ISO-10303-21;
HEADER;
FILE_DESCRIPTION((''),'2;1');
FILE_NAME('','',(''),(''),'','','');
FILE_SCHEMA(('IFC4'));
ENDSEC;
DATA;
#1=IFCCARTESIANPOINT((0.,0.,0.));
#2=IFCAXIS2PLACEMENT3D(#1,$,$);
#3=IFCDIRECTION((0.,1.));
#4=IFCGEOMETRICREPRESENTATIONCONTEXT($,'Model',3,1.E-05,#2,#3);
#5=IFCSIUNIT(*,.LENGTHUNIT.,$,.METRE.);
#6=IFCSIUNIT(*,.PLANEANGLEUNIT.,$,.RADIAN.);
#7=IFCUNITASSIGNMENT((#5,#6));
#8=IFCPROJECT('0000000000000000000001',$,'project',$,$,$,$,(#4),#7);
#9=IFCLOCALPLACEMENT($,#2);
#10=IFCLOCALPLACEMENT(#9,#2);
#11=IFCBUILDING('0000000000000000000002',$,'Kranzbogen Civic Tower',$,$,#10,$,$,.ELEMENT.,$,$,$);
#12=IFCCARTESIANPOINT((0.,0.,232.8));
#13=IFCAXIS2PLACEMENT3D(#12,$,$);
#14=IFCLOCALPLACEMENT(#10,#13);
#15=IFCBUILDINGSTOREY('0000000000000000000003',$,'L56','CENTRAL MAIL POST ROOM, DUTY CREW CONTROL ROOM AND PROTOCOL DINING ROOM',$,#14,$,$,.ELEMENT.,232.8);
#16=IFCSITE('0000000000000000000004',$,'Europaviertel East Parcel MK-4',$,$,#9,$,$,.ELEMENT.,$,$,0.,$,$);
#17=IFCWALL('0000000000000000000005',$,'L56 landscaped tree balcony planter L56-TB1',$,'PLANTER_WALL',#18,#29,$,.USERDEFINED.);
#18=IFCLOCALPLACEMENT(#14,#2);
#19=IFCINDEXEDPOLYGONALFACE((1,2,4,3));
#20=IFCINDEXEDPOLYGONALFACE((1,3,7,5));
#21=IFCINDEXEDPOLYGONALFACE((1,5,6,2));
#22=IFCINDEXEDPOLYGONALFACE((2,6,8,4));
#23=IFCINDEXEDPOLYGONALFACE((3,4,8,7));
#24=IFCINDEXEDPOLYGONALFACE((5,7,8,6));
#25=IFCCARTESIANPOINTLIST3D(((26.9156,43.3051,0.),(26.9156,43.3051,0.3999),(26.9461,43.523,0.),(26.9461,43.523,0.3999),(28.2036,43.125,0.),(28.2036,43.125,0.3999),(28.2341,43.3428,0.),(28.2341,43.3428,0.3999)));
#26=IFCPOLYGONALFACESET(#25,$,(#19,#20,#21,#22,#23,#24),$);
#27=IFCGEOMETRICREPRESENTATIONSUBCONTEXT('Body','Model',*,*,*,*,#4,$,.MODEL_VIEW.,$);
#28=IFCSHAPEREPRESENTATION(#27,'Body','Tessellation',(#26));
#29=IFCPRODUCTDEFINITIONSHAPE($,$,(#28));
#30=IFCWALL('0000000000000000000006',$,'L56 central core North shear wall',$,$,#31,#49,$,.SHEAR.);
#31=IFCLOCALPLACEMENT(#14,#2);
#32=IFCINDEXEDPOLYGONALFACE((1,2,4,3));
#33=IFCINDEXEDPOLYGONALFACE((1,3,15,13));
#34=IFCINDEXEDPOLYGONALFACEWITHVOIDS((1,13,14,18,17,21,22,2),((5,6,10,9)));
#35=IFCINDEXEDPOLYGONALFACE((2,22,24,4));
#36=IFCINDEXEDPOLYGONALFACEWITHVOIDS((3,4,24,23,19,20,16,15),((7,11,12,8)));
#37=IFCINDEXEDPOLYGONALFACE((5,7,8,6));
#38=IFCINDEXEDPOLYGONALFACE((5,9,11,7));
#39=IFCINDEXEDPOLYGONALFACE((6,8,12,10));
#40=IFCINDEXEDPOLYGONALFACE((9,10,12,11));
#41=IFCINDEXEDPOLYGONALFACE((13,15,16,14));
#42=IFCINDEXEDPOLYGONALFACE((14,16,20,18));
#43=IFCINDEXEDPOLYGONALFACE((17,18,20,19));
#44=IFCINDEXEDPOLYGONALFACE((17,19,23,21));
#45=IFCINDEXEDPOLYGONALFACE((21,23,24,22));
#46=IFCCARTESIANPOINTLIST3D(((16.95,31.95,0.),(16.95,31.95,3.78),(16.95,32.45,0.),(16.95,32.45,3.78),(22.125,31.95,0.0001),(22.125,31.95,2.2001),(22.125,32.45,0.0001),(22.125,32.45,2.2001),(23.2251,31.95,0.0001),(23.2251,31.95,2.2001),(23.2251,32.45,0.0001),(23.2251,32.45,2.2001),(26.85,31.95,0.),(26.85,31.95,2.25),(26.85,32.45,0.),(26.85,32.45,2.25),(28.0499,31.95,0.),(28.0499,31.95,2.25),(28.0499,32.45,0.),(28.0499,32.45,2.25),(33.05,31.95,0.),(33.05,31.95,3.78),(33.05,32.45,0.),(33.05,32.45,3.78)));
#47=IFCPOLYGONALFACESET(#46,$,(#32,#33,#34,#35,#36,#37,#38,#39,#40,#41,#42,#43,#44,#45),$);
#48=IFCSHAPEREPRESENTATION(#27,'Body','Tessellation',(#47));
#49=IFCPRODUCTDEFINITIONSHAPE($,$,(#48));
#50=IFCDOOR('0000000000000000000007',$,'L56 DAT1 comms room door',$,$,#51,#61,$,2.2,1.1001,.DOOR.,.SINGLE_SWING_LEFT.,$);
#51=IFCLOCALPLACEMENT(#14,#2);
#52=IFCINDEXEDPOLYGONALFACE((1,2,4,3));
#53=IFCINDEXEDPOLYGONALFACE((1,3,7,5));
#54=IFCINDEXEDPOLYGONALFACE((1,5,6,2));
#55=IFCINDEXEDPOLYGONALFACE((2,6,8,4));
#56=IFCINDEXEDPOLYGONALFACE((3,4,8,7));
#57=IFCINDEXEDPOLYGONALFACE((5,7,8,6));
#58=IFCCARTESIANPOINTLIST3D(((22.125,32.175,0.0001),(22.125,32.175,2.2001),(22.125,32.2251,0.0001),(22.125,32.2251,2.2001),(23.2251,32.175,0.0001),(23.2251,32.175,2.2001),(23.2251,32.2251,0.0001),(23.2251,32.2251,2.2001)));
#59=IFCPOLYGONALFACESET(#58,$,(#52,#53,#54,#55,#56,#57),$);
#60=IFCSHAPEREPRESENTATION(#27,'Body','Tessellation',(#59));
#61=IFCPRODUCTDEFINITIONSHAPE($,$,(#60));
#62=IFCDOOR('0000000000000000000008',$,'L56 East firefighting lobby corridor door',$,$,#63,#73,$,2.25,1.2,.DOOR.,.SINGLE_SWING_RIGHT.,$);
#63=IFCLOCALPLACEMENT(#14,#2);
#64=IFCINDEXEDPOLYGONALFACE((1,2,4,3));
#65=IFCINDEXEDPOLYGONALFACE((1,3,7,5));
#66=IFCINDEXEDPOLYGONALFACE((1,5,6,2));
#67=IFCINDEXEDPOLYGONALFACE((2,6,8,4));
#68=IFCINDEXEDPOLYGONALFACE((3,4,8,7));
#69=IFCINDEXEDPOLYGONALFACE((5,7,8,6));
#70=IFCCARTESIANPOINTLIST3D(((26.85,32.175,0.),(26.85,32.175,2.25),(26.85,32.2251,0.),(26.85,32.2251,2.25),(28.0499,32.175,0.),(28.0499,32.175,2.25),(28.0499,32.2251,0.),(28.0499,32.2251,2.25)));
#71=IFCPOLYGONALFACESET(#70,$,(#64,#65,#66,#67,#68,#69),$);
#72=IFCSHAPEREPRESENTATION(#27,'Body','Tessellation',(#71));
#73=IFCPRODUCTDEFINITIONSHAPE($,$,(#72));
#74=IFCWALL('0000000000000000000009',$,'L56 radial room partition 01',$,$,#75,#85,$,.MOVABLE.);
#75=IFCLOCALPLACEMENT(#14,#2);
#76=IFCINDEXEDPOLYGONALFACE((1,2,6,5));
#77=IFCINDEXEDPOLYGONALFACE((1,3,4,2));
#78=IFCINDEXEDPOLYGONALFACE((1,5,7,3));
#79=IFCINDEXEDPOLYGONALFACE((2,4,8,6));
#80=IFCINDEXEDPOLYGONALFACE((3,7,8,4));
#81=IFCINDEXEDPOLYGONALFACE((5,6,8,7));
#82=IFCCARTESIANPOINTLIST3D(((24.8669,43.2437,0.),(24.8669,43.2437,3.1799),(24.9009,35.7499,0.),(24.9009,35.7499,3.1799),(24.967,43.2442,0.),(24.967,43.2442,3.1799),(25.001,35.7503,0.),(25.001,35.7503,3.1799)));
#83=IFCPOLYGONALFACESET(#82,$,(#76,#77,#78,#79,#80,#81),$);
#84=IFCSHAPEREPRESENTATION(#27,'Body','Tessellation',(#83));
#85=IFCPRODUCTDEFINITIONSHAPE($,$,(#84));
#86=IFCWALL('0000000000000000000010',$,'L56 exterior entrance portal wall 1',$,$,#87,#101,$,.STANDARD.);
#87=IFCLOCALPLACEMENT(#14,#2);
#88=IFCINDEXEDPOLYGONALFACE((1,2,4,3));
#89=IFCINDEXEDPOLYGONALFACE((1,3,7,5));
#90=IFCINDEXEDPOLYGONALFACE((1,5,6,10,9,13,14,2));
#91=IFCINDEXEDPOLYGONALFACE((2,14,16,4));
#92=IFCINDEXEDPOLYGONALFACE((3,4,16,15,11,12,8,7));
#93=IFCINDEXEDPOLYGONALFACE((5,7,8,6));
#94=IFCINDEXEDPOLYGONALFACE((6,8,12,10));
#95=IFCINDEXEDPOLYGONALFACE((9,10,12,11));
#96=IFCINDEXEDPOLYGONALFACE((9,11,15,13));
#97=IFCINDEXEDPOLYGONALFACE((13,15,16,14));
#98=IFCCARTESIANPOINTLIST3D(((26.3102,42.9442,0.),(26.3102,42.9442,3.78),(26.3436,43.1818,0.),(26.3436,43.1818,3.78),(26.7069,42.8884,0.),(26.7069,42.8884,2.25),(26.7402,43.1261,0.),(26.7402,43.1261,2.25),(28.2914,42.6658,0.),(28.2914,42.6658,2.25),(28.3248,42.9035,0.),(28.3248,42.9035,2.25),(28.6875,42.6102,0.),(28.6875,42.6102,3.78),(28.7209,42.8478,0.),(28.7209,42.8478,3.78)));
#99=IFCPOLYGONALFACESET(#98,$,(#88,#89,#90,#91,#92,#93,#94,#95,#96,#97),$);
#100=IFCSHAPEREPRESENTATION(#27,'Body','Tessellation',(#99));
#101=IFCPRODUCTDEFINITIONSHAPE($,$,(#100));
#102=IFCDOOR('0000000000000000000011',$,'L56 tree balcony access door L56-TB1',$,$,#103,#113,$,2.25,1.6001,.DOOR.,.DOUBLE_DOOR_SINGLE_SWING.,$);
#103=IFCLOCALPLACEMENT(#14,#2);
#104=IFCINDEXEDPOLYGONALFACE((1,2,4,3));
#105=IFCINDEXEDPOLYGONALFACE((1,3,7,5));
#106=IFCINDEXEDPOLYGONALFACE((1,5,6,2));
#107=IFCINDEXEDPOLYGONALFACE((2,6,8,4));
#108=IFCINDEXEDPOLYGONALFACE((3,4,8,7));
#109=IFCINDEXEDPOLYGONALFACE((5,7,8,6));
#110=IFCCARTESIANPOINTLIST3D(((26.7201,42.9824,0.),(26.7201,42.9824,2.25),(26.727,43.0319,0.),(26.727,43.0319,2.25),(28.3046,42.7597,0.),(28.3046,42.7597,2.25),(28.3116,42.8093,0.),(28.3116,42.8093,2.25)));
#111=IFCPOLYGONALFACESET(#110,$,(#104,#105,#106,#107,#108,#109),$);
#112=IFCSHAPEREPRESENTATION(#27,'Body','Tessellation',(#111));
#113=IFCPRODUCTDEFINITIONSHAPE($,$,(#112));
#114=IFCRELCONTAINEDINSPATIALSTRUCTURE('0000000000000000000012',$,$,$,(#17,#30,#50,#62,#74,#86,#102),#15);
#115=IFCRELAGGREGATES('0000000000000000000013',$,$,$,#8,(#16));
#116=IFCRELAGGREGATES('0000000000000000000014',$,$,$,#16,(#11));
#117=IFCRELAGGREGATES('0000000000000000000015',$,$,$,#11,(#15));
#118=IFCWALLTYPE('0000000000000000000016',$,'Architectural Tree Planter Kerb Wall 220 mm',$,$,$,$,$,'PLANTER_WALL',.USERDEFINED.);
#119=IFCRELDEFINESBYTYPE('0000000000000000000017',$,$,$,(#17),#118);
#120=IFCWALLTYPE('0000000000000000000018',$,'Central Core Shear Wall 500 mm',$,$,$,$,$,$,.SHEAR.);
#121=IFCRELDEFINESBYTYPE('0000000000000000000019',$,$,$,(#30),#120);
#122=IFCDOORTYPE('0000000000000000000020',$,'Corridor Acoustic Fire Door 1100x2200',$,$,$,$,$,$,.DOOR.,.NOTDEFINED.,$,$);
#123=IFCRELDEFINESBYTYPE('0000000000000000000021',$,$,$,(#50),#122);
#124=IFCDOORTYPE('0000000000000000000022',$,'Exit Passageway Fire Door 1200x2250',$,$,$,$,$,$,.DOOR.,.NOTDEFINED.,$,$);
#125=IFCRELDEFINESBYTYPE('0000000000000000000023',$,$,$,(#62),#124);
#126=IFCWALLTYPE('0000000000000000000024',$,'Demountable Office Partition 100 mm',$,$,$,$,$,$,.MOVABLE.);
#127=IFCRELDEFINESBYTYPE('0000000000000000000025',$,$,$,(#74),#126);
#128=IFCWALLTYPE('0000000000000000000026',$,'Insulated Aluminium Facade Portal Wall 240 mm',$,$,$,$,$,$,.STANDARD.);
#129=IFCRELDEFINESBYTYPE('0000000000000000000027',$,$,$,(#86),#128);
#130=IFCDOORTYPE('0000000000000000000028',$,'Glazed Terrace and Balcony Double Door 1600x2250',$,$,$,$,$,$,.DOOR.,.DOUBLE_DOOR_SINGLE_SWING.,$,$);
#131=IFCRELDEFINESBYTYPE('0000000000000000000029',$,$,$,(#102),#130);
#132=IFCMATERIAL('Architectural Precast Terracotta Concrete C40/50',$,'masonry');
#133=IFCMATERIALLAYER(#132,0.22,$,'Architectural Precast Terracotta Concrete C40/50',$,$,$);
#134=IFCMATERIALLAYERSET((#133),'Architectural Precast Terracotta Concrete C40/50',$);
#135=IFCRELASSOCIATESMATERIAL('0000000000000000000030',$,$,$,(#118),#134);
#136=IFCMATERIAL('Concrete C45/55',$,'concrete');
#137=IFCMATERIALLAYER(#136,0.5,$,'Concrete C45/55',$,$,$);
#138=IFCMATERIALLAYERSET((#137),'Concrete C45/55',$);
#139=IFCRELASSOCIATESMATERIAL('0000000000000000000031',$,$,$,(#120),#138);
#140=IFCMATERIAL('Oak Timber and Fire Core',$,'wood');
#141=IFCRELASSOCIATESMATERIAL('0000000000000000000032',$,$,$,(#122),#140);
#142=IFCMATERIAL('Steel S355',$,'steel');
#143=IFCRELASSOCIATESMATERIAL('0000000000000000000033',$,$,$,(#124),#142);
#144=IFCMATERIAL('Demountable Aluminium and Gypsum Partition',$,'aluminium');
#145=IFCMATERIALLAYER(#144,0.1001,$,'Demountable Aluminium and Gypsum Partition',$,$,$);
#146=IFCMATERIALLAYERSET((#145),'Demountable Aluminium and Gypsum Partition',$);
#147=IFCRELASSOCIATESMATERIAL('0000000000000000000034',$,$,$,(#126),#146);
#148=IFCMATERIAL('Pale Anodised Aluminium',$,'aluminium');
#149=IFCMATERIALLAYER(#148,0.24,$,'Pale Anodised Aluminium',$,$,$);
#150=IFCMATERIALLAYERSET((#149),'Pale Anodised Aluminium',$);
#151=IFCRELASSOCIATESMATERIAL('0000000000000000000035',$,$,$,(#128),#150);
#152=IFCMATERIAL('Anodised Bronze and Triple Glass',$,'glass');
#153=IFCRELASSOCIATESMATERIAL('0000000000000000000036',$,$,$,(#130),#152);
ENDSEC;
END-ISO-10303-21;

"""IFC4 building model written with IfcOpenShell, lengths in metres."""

from ifc_helpers import new_model, si_unit, direction, frame, frame_2d, origin, place, context, subcontext, project, spatial, rectangle, extrude, material, layer, layer_set, type_object, element, fill, save


model = new_model("IFC4")

# Units and contexts
model_context = context("Model", 3, precision=1e-05, world=origin(), true_north=direction((0.0, 1.0)))
body_context = subcontext(model_context, "Body", "Model", "MODEL_VIEW")
ifc_project = project(units=[si_unit("LENGTHUNIT", "METRE"), si_unit("PLANEANGLEUNIT", "RADIAN")], contexts=[model_context])

# Site, building, storey
site_placement = place(None, origin())
site = spatial("IfcSite", under=ifc_project, at=site_placement, Name="Europaviertel East Parcel MK-4", CompositionType="ELEMENT", RefElevation=0.0)
building_placement = place(site_placement, origin())
building = spatial("IfcBuilding", under=site, at=building_placement, Name="Kranzbogen Civic Tower", CompositionType="ELEMENT")
storey_placement = place(building_placement, frame((0.0, 0.0, 232.8)))
storey = spatial("IfcBuildingStorey", under=building, at=storey_placement, Name="L56", Description="CENTRAL MAIL POST ROOM, DUTY CREW CONTROL ROOM AND PROTOCOL DINING ROOM", CompositionType="ELEMENT", Elevation=232.8)

# Shared definitions
ifc_material_1 = material(Name="Pale Anodised Aluminium", Category="aluminium")

# Shared definitions
ifc_material_2 = material(Name="Steel S355", Category="steel")

# Wall
ifc_material_3 = material(Name="Architectural Precast Terracotta Concrete C40/50", Category="masonry")
ifc_layer_1 = layer(ifc_material_3, 0.22, Name="Architectural Precast Terracotta Concrete C40/50")
ifc_layer_set_1 = layer_set([ifc_layer_1], Name="Architectural Precast Terracotta Concrete C40/50")
wall_type_1 = type_object("IfcWallType", Name="Architectural Tree Planter Kerb Wall 220 mm", ElementType="PLANTER_WALL", PredefinedType="USERDEFINED", material=ifc_layer_set_1)
wall_1_placement = place(storey_placement, frame((28.219, 43.2339, 0.0), z_axis=(0.0, 0.0, 1.0), x_axis=(-0.990358, 0.13853, 0.0)))
element("IfcWall", 1, at=wall_1_placement, inside=storey, type_object=wall_type_1, Name="L56 landscaped tree balcony planter L56-TB1", ObjectType="PLANTER_WALL", PredefinedType="USERDEFINED", context=body_context, shape_type="SweptSolid", body=[
    extrude(rectangle(XDim=1.3005, YDim=0.22, at=frame_2d((0.6504, 0.0))), origin(), (0.0, 0.0, 1.0), 0.3999),
])

# Wall, openings, doors
ifc_material_4 = material(Name="Concrete C45/55", Category="concrete")
ifc_layer_2 = layer(ifc_material_4, 0.5, Name="Concrete C45/55")
ifc_layer_set_2 = layer_set([ifc_layer_2], Name="Concrete C45/55")
wall_type_2 = type_object("IfcWallType", Name="Central Core Shear Wall 500 mm", PredefinedType="SHEAR", material=ifc_layer_set_2)
wall_2_placement = place(storey_placement, frame((33.05, 32.2, 0.0), z_axis=(0.0, 0.0, 1.0), x_axis=(-1.0, 0.0, 0.0)))
wall_2 = element("IfcWall", 2, at=wall_2_placement, inside=storey, type_object=wall_type_2, Name="L56 central core North shear wall", PredefinedType="SHEAR", context=body_context, shape_type="SweptSolid", body=[
    extrude(rectangle(XDim=16.1001, YDim=0.5, at=frame_2d((8.05, 0.0))), origin(), (0.0, 0.0, 1.0), 3.78),
])
opening_1_placement = place(wall_2_placement, frame((5.0, 0.0, 0.0)))
opening_1 = element("IfcOpeningElement", 3, at=opening_1_placement, cuts=wall_2, PredefinedType="OPENING", context=body_context, shape_type="SweptSolid", body=[
    extrude(rectangle(XDim=1.2, YDim=2.25, at=frame_2d((0.6001, 1.125))), frame((0.0, 0.26, 0.0), z_axis=(0.0, -1.0, 0.0), x_axis=(1.0, 0.0, 0.0)), (0.0, 0.0, 1.0), 0.52),
])
opening_2_placement = place(wall_2_placement, frame((9.825, 0.0, 0.0)))
opening_2 = element("IfcOpeningElement", 4, at=opening_2_placement, cuts=wall_2, PredefinedType="OPENING", context=body_context, shape_type="SweptSolid", body=[
    extrude(rectangle(XDim=1.1001, YDim=2.2, at=frame_2d((0.55, 1.1001))), frame((0.0, 0.26, 0.0), z_axis=(0.0, -1.0, 0.0), x_axis=(1.0, 0.0, 0.0)), (0.0, 0.0, 1.0), 0.52),
])
ifc_material_5 = material(Name="Oak Timber and Fire Core", Category="wood")
door_type_1 = type_object("IfcDoorType", Name="Corridor Acoustic Fire Door 1100x2200", OperationType="NOTDEFINED", PredefinedType="DOOR", material=ifc_material_5)
door_1_placement = place(opening_2_placement, origin())
door_1 = element("IfcDoor", 5, at=door_1_placement, inside=storey, type_object=door_type_1, Name="L56 DAT1 comms room door", OperationType="SINGLE_SWING_LEFT", OverallHeight=2.2, OverallWidth=1.1001, PredefinedType="DOOR", context=body_context, shape_type="SweptSolid", body=[
    extrude(rectangle(XDim=1.1001, YDim=2.2, at=frame_2d((0.55, 1.1001))), frame((0.0, 0.0249, 0.0), z_axis=(0.0, -1.0, 0.0), x_axis=(1.0, 0.0, 0.0)), (0.0, 0.0, 1.0), 0.05),
])
fill(opening_2, door_1)
door_type_2 = type_object("IfcDoorType", Name="Exit Passageway Fire Door 1200x2250", OperationType="NOTDEFINED", PredefinedType="DOOR", material=ifc_material_2)
door_2_placement = place(opening_1_placement, origin())
door_2 = element("IfcDoor", 6, at=door_2_placement, inside=storey, type_object=door_type_2, Name="L56 East firefighting lobby corridor door", OperationType="SINGLE_SWING_RIGHT", OverallHeight=2.25, OverallWidth=1.2, PredefinedType="DOOR", context=body_context, shape_type="SweptSolid", body=[
    extrude(rectangle(XDim=1.2, YDim=2.25, at=frame_2d((0.6001, 1.125))), frame((0.0, 0.0249, 0.0), z_axis=(0.0, -1.0, 0.0), x_axis=(1.0, 0.0, 0.0)), (0.0, 0.0, 1.0), 0.05),
])
fill(opening_1, door_2)

# Wall
ifc_material_6 = material(Name="Demountable Aluminium and Gypsum Partition", Category="aluminium")
ifc_layer_3 = layer(ifc_material_6, 0.1001, Name="Demountable Aluminium and Gypsum Partition")
ifc_layer_set_3 = layer_set([ifc_layer_3], Name="Demountable Aluminium and Gypsum Partition")
wall_type_3 = type_object("IfcWallType", Name="Demountable Office Partition 100 mm", PredefinedType="MOVABLE", material=ifc_layer_set_3)
wall_3_placement = place(storey_placement, frame((24.9509, 35.75, 0.0), z_axis=(0.0, 0.0, 1.0), x_axis=(-0.004528, 0.99999, 0.0)))
element("IfcWall", 7, at=wall_3_placement, inside=storey, type_object=wall_type_3, Name="L56 radial room partition 01", PredefinedType="MOVABLE", context=body_context, shape_type="SweptSolid", body=[
    extrude(rectangle(XDim=7.4939, YDim=0.1001, at=frame_2d((3.7471, 0.0))), origin(), (0.0, 0.0, 1.0), 3.1799),
])

# Wall, opening, door
ifc_layer_4 = layer(ifc_material_1, 0.24, Name="Pale Anodised Aluminium")
ifc_layer_set_4 = layer_set([ifc_layer_4], Name="Pale Anodised Aluminium")
wall_type_4 = type_object("IfcWallType", Name="Insulated Aluminium Facade Portal Wall 240 mm", PredefinedType="STANDARD", material=ifc_layer_set_4)
wall_4_placement = place(storey_placement, frame((28.7041, 42.729, 0.0), z_axis=(0.0, 0.0, 1.0), x_axis=(-0.990274, 0.139129, 0.0)))
wall_4 = element("IfcWall", 8, at=wall_4_placement, inside=storey, type_object=wall_type_4, Name="L56 exterior entrance portal wall 1", PredefinedType="STANDARD", context=body_context, shape_type="SweptSolid", body=[
    extrude(rectangle(XDim=2.4006, YDim=0.24, at=frame_2d((1.2002, 0.0))), origin(), (0.0, 0.0, 1.0), 3.78),
])
opening_3_placement = place(wall_4_placement, frame((0.3999, 0.0, 0.0)))
opening_3 = element("IfcOpeningElement", 9, at=opening_3_placement, cuts=wall_4, PredefinedType="OPENING", context=body_context, shape_type="SweptSolid", body=[
    extrude(rectangle(XDim=1.6001, YDim=2.25, at=frame_2d((0.8, 1.125))), frame((0.0, 0.1299, 0.0), z_axis=(0.0, -1.0, 0.0), x_axis=(1.0, 0.0, 0.0)), (0.0, 0.0, 1.0), 0.26),
])
ifc_material_7 = material(Name="Anodised Bronze and Triple Glass", Category="glass")
door_type_3 = type_object("IfcDoorType", Name="Glazed Terrace and Balcony Double Door 1600x2250", OperationType="DOUBLE_DOOR_SINGLE_SWING", PredefinedType="DOOR", material=ifc_material_7)
door_3_placement = place(opening_3_placement, frame((1.6001, 0.0, 0.0), z_axis=(0.0, 0.0, 1.0), x_axis=(-1.0, 0.0, 0.0)))
door_3 = element("IfcDoor", 10, at=door_3_placement, inside=storey, type_object=door_type_3, Name="L56 tree balcony access door L56-TB1", OperationType="DOUBLE_DOOR_SINGLE_SWING", OverallHeight=2.25, OverallWidth=1.6001, PredefinedType="DOOR", context=body_context, shape_type="SweptSolid", body=[
    extrude(rectangle(XDim=1.6001, YDim=2.25, at=frame_2d((0.8, 1.125))), frame((0.0, 0.0249, 0.0), z_axis=(0.0, -1.0, 0.0), x_axis=(1.0, 0.0, 0.0)), (0.0, 0.0, 1.0), 0.05),
])
fill(opening_3, door_3)

save(model, "model.ifc")
